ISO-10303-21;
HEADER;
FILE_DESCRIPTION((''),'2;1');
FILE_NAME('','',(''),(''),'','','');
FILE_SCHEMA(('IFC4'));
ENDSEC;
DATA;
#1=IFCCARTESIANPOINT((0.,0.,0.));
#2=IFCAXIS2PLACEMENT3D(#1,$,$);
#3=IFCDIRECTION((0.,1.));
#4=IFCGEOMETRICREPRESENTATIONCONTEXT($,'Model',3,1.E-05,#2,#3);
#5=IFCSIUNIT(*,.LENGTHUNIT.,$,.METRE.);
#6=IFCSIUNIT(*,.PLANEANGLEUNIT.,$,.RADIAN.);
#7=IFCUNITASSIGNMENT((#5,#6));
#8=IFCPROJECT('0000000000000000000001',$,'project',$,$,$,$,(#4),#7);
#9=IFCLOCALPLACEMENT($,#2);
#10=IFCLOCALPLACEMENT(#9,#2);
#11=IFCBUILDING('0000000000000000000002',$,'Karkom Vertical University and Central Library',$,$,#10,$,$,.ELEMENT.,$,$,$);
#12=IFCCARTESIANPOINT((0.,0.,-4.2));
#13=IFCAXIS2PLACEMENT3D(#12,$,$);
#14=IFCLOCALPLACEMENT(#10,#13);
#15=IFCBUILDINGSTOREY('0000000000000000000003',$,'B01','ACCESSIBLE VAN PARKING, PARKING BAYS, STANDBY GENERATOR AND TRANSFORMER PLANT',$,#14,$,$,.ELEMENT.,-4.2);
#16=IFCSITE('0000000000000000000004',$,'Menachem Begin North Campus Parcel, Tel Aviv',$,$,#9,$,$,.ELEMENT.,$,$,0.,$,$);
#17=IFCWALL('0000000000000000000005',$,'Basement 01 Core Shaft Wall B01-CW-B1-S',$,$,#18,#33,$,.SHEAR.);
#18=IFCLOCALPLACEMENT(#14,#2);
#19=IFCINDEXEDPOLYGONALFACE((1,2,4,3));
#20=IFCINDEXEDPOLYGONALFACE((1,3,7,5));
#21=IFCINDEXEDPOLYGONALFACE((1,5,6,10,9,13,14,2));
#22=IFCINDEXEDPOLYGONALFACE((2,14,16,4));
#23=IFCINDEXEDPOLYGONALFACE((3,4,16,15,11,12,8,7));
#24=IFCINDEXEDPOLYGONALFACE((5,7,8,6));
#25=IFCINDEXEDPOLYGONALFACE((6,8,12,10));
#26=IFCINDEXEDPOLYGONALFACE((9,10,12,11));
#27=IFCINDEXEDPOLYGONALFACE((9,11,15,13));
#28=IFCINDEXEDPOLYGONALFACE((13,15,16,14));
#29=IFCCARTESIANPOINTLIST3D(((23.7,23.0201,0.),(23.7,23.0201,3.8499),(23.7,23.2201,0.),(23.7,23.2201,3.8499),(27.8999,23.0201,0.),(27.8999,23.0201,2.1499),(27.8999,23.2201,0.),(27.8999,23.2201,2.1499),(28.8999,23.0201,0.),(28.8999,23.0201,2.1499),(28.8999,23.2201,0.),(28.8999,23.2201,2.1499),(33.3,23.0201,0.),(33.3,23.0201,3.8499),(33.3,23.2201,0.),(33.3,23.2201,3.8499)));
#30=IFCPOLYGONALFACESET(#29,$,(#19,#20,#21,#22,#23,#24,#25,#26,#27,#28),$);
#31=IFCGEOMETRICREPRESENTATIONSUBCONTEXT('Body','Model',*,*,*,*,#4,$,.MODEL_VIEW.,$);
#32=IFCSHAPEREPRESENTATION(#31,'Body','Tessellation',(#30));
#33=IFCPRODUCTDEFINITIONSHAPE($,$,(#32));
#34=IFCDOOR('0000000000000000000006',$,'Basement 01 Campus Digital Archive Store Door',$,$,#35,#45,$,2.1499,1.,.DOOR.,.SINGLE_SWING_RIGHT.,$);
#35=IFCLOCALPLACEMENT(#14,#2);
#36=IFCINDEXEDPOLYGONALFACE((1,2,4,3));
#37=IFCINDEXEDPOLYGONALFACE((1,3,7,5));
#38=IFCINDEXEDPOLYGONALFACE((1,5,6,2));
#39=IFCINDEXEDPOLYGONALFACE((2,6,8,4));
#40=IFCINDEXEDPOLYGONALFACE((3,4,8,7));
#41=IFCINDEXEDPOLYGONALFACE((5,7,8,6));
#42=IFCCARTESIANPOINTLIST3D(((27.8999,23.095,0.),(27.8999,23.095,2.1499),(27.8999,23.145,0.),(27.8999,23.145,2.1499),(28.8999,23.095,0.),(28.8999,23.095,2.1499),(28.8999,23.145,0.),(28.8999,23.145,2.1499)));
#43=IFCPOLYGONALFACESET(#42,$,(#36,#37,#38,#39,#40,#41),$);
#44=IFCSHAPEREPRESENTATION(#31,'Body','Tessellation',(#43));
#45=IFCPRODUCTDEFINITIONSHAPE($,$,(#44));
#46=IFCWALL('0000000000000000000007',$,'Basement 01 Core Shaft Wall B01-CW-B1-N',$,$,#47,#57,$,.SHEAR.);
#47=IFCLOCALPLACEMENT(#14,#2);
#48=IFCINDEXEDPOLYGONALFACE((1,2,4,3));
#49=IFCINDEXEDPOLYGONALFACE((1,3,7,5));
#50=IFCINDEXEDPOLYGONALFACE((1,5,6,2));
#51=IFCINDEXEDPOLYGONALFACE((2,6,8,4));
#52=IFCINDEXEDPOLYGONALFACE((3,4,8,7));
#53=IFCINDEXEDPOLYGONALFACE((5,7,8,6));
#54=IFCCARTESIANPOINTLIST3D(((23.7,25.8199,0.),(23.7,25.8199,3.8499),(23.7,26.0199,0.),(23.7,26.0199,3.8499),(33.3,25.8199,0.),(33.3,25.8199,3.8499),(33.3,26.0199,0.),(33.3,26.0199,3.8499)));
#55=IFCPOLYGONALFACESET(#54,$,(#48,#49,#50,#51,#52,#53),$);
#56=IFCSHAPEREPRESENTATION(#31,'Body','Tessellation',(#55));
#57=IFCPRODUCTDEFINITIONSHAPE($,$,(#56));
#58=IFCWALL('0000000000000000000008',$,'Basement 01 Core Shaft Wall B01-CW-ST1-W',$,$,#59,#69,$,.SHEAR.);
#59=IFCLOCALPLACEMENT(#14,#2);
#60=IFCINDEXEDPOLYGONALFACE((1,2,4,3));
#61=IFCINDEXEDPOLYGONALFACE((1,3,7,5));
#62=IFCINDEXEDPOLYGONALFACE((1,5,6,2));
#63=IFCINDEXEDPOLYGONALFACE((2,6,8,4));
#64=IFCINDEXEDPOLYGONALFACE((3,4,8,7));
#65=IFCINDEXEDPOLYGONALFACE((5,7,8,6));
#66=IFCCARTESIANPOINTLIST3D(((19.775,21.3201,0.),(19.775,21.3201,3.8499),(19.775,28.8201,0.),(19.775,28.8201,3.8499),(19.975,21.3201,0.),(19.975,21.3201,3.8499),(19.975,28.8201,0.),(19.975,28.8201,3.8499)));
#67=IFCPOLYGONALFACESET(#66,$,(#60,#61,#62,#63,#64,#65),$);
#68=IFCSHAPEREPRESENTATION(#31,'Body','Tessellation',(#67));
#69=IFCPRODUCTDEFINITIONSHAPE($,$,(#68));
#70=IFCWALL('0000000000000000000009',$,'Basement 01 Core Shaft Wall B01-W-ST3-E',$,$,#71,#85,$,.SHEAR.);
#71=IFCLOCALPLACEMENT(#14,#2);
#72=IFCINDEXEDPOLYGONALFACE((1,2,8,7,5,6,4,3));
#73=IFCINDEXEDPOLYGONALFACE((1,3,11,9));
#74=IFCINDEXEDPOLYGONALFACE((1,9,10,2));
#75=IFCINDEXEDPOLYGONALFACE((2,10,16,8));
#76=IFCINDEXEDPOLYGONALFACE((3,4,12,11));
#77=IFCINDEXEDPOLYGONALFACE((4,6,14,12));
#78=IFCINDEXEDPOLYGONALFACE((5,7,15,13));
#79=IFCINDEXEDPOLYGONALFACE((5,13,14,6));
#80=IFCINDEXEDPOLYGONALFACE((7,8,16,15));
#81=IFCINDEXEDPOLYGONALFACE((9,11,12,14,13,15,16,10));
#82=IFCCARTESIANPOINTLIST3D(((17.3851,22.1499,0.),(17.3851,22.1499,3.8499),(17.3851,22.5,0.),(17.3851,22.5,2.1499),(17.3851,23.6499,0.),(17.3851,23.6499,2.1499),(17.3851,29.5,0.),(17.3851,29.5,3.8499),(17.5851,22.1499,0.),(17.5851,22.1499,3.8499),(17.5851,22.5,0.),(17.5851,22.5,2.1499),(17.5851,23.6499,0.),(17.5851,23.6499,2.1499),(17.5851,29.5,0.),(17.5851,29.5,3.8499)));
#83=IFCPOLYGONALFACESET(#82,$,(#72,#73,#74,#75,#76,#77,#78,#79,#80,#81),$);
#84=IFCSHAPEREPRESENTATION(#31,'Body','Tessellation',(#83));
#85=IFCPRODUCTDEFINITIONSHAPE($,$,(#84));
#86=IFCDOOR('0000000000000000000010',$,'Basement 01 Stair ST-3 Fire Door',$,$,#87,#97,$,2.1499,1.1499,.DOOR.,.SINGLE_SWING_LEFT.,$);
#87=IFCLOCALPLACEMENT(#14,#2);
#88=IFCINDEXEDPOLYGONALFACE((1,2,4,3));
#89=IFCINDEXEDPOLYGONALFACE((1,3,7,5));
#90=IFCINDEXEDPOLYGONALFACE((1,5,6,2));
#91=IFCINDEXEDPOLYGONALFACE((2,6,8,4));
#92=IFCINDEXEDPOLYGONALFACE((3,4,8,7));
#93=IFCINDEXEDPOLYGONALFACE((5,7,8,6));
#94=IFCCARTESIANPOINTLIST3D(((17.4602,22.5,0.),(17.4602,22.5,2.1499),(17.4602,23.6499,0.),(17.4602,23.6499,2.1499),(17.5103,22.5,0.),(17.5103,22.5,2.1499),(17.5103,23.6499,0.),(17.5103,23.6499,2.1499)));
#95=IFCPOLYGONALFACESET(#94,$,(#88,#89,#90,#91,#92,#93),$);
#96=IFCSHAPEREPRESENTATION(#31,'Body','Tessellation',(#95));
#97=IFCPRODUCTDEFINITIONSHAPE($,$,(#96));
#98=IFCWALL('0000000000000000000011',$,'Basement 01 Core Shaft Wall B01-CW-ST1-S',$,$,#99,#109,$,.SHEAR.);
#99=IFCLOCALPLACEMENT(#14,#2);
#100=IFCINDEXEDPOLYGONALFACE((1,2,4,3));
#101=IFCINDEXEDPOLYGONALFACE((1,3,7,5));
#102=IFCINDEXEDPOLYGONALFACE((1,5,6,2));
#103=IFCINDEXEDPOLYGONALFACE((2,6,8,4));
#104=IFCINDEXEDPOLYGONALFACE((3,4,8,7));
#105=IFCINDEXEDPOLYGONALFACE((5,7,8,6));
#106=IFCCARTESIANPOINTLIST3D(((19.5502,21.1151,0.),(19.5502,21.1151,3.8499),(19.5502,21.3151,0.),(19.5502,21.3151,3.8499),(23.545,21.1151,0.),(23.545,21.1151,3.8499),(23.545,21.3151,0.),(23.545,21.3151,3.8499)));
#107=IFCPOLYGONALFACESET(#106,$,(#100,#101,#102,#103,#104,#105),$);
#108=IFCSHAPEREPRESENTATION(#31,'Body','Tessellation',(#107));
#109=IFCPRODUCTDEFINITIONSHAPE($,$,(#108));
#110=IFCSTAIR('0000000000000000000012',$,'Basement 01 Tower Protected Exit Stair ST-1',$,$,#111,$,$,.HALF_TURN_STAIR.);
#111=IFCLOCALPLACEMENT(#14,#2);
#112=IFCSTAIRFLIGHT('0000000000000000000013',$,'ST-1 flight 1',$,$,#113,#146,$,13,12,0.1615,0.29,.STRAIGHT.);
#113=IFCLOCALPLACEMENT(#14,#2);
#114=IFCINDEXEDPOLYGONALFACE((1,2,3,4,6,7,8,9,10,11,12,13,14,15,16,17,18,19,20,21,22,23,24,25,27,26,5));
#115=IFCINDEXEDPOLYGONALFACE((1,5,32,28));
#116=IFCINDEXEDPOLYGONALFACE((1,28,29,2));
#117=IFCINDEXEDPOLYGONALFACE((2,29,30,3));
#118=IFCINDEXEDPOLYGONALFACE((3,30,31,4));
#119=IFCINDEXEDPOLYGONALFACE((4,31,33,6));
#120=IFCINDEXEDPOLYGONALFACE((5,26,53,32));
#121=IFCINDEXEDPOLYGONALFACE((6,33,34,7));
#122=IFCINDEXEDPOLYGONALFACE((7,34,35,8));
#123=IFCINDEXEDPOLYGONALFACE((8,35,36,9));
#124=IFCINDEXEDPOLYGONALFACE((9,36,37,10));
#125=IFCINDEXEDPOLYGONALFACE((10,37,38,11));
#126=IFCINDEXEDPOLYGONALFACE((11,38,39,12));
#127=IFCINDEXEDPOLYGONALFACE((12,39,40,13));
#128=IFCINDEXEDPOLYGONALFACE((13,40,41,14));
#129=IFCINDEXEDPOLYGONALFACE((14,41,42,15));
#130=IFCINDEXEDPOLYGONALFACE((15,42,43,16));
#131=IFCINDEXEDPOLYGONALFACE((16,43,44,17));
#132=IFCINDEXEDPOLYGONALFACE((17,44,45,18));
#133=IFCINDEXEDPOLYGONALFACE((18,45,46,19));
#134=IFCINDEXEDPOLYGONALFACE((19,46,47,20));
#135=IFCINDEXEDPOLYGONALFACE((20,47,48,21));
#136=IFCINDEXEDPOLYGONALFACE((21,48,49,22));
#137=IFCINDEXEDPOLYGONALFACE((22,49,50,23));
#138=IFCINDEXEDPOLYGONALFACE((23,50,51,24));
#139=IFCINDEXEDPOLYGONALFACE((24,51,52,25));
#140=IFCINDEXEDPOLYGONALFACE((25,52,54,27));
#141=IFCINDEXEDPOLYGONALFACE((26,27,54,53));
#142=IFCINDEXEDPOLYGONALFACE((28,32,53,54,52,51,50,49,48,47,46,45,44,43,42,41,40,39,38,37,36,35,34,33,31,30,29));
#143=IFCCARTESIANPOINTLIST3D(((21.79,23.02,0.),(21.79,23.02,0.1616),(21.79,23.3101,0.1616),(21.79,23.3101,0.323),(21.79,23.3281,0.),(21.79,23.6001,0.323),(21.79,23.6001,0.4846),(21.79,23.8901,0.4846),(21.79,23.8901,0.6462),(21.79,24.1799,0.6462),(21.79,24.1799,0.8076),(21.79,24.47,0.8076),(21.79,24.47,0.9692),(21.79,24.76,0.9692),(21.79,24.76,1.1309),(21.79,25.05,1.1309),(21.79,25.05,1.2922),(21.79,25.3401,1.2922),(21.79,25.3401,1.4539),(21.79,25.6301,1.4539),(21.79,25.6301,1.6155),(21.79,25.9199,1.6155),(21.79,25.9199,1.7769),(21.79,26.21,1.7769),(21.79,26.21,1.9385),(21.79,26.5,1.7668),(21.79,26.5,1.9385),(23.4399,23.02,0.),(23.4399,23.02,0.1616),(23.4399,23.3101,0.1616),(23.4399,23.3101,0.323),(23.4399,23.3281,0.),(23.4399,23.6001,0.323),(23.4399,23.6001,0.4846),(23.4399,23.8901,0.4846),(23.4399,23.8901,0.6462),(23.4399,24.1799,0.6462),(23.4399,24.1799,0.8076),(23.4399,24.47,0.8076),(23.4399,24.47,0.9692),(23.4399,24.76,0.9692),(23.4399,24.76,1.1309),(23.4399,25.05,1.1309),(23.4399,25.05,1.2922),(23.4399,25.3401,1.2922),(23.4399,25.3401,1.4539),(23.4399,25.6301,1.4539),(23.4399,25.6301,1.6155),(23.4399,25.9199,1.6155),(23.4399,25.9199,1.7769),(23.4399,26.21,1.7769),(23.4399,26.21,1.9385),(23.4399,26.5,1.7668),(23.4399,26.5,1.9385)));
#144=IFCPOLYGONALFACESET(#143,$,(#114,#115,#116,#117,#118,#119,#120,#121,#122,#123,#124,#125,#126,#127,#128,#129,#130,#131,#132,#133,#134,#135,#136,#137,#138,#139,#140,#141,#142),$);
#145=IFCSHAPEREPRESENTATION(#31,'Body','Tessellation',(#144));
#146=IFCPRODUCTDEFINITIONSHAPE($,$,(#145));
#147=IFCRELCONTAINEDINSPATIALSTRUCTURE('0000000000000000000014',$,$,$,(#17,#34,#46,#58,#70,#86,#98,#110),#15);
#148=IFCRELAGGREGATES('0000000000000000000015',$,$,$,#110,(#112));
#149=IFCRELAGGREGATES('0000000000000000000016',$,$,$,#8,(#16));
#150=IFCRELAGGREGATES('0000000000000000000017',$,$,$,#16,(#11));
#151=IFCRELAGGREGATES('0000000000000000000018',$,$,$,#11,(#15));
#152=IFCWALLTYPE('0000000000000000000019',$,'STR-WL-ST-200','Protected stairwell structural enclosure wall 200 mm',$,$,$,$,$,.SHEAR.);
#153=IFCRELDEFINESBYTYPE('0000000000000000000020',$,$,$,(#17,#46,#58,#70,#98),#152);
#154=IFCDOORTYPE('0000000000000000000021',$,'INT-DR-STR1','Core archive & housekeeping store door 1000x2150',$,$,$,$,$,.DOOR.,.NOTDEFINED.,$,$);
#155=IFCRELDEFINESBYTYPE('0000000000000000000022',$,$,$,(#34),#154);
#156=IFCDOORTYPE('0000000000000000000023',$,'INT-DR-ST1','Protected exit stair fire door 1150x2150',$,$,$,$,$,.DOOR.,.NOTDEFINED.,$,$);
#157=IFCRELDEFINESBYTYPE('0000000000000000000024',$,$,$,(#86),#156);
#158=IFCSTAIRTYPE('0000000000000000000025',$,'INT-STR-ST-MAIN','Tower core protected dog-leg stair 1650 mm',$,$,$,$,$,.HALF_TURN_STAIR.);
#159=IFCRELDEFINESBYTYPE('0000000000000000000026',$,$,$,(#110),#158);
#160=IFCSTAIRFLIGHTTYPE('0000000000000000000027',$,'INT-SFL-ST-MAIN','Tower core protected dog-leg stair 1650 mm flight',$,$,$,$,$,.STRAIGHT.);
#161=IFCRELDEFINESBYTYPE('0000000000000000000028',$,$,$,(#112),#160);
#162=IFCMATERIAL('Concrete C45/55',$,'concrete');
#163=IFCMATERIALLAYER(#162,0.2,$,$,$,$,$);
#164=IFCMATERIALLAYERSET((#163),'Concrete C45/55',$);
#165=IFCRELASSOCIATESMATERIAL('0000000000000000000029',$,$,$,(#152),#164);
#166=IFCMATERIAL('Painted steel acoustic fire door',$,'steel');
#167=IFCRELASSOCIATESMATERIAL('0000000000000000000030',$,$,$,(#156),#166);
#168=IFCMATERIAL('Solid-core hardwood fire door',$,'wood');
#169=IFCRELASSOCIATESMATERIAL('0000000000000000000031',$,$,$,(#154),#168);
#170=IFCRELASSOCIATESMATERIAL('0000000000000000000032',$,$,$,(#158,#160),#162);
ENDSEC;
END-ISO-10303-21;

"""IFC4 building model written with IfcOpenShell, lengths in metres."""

from ifc_helpers import new_model, si_unit, direction, frame, frame_2d, origin, origin_with_axes, place, context, subcontext, project, spatial, polyline, rectangle, outline, extrude, source, transform, mapped, material, layer, layer_set, type_object, element, fill, aggregate, save


model = new_model("IFC4")

# Units and contexts
model_context = context("Model", 3, precision=1e-05, world=origin(), true_north=direction((0.0, 1.0)))
body_context = subcontext(model_context, "Body", "Model", "MODEL_VIEW")
ifc_project = project(units=[si_unit("LENGTHUNIT", "METRE"), si_unit("PLANEANGLEUNIT", "RADIAN")], contexts=[model_context])

# Site, building, storey
site_placement = place(None, origin())
site = spatial("IfcSite", under=ifc_project, at=site_placement, Name="Menachem Begin North Campus Parcel, Tel Aviv", CompositionType="ELEMENT", RefElevation=0.0)
building_placement = place(site_placement, origin())
building = spatial("IfcBuilding", under=site, at=building_placement, Name="Karkom Vertical University and Central Library", CompositionType="ELEMENT")
storey_placement = place(building_placement, frame((0.0, 0.0, -4.2)))
storey = spatial("IfcBuildingStorey", under=building, at=storey_placement, Name="B01", Description="ACCESSIBLE VAN PARKING, PARKING BAYS, STANDBY GENERATOR AND TRANSFORMER PLANT", CompositionType="ELEMENT", Elevation=-4.2)

# Shared definitions
ifc_material_1 = material(Name="Concrete C45/55", Category="concrete")
ifc_layer_1 = layer(ifc_material_1, 0.2)
ifc_layer_set_1 = layer_set([ifc_layer_1], Name="Concrete C45/55")
wall_type_1 = type_object("IfcWallType", Name="STR-WL-ST-200", Description="Protected stairwell structural enclosure wall 200 mm", PredefinedType="SHEAR", material=ifc_layer_set_1)
ifc_material_2 = material(Name="Painted steel acoustic fire door", Category="steel")
door_type_1 = type_object("IfcDoorType", Name="INT-DR-ST1", Description="Protected exit stair fire door 1150x2150", OperationType="NOTDEFINED", PredefinedType="DOOR", material=ifc_material_2)
shared_shape_1 = source(origin_with_axes(), body_context, "Body", "SweptSolid", [
    extrude(rectangle(XDim=1.1499, YDim=2.1499, at=frame_2d((0.575, 1.075))), frame((0.0, 0.0249, 0.0), z_axis=(0.0, -1.0, 0.0), x_axis=(1.0, 0.0, 0.0)), (0.0, 0.0, 1.0), 0.05),
])

# Wall, opening, door
wall_1_placement = place(storey_placement, frame((23.7, 23.1201, 0.0), z_axis=(0.0, 0.0, 1.0), x_axis=(1.0, 0.0, 0.0)))
wall_1 = element("IfcWall", 1, at=wall_1_placement, inside=storey, type_object=wall_type_1, Name="Basement 01 Core Shaft Wall B01-CW-B1-S", PredefinedType="SHEAR", context=body_context, shape_type="SweptSolid", body=[
    extrude(rectangle(XDim=9.6001, YDim=0.2, at=frame_2d((4.8, 0.0))), origin(), (0.0, 0.0, 1.0), 3.8499),
])
opening_1_placement = place(wall_1_placement, frame((4.2, 0.0, 0.0)))
opening_1 = element("IfcOpeningElement", 2, at=opening_1_placement, cuts=wall_1, PredefinedType="OPENING", context=body_context, shape_type="SweptSolid", body=[
    extrude(rectangle(XDim=1.0, YDim=2.1499, at=frame_2d((0.5, 1.075))), frame((0.0, 0.1099, 0.0), z_axis=(0.0, -1.0, 0.0), x_axis=(1.0, 0.0, 0.0)), (0.0, 0.0, 1.0), 0.22),
])
ifc_material_3 = material(Name="Solid-core hardwood fire door", Category="wood")
door_type_2 = type_object("IfcDoorType", Name="INT-DR-STR1", Description="Core archive & housekeeping store door 1000x2150", OperationType="NOTDEFINED", PredefinedType="DOOR", material=ifc_material_3)
shared_shape_2 = source(origin_with_axes(), body_context, "Body", "SweptSolid", [
    extrude(rectangle(XDim=1.0, YDim=2.1499, at=frame_2d((0.5, 1.075))), frame((0.0, 0.0249, 0.0), z_axis=(0.0, -1.0, 0.0), x_axis=(1.0, 0.0, 0.0)), (0.0, 0.0, 1.0), 0.05),
])
door_1_placement = place(opening_1_placement, origin())
door_1 = element("IfcDoor", 3, at=door_1_placement, inside=storey, type_object=door_type_2, Name="Basement 01 Campus Digital Archive Store Door", OperationType="SINGLE_SWING_RIGHT", OverallHeight=2.1499, OverallWidth=1.0, PredefinedType="DOOR", context=body_context, shape_type="MappedRepresentation", body=[
    mapped(shared_shape_2, transform((0.0, 0.0, 0.0), scale=1.0)),
])
fill(opening_1, door_1)

# Walls
wall_2_placement = place(storey_placement, frame((23.7, 25.9199, 0.0), z_axis=(0.0, 0.0, 1.0), x_axis=(1.0, 0.0, 0.0)))
element("IfcWall", 4, at=wall_2_placement, inside=storey, type_object=wall_type_1, Name="Basement 01 Core Shaft Wall B01-CW-B1-N", PredefinedType="SHEAR", context=body_context, shape_type="SweptSolid", body=[
    extrude(rectangle(XDim=9.6001, YDim=0.2, at=frame_2d((4.8, 0.0))), origin(), (0.0, 0.0, 1.0), 3.8499),
])
wall_3_placement = place(storey_placement, frame((19.875, 21.3201, 0.0), z_axis=(0.0, 0.0, 1.0), x_axis=(0.0, 1.0, 0.0)))
element("IfcWall", 5, at=wall_3_placement, inside=storey, type_object=wall_type_1, Name="Basement 01 Core Shaft Wall B01-CW-ST1-W", PredefinedType="SHEAR", context=body_context, shape_type="SweptSolid", body=[
    extrude(rectangle(XDim=7.5, YDim=0.2, at=frame_2d((3.75, 0.0))), origin(), (0.0, 0.0, 1.0), 3.8499),
])

# Wall, opening, door
wall_4_placement = place(storey_placement, frame((17.4851, 22.1499, 0.0), z_axis=(0.0, 0.0, 1.0), x_axis=(0.0, 1.0, 0.0)))
wall_4 = element("IfcWall", 6, at=wall_4_placement, inside=storey, type_object=wall_type_1, Name="Basement 01 Core Shaft Wall B01-W-ST3-E", PredefinedType="SHEAR", context=body_context, shape_type="SweptSolid", body=[
    extrude(rectangle(XDim=7.3501, YDim=0.2, at=frame_2d((3.675, 0.0))), origin(), (0.0, 0.0, 1.0), 3.8499),
])
opening_2_placement = place(wall_4_placement, frame((0.3501, 0.0, 0.0)))
opening_2 = element("IfcOpeningElement", 7, at=opening_2_placement, cuts=wall_4, PredefinedType="OPENING", context=body_context, shape_type="SweptSolid", body=[
    extrude(rectangle(XDim=1.1499, YDim=2.1499, at=frame_2d((0.575, 1.075))), frame((0.0, 0.1099, 0.0), z_axis=(0.0, -1.0, 0.0), x_axis=(1.0, 0.0, 0.0)), (0.0, 0.0, 1.0), 0.22),
])
door_2_placement = place(opening_2_placement, origin())
door_2 = element("IfcDoor", 8, at=door_2_placement, inside=storey, type_object=door_type_1, Name="Basement 01 Stair ST-3 Fire Door", OperationType="SINGLE_SWING_LEFT", OverallHeight=2.1499, OverallWidth=1.1499, PredefinedType="DOOR", context=body_context, shape_type="MappedRepresentation", body=[
    mapped(shared_shape_1, transform((0.0, 0.0, 0.0), scale=1.0)),
])
fill(opening_2, door_2)

# Wall
wall_5_placement = place(storey_placement, frame((19.55, 21.2151, 0.0), z_axis=(0.0, 0.0, 1.0), x_axis=(1.0, 0.0, 0.0)))
element("IfcWall", 9, at=wall_5_placement, inside=storey, type_object=wall_type_1, Name="Basement 01 Core Shaft Wall B01-CW-ST1-S", PredefinedType="SHEAR", context=body_context, shape_type="SweptSolid", body=[
    extrude(rectangle(XDim=3.9949, YDim=0.2, at=frame_2d((1.9976, 0.0))), origin(), (0.0, 0.0, 1.0), 3.8499),
])

# Stair, stair flight
stair_type = type_object("IfcStairType", Name="INT-STR-ST-MAIN", Description="Tower core protected dog-leg stair 1650 mm", PredefinedType="HALF_TURN_STAIR", material=ifc_material_1)
stair_placement = place(storey_placement, origin())
stair = element("IfcStair", 10, at=stair_placement, inside=storey, type_object=stair_type, Name="Basement 01 Tower Protected Exit Stair ST-1", PredefinedType="HALF_TURN_STAIR")
stair_flight_type = type_object("IfcStairFlightType", Name="INT-SFL-ST-MAIN", Description="Tower core protected dog-leg stair 1650 mm flight", PredefinedType="STRAIGHT", material=ifc_material_1)
stair_flight_placement = place(storey_placement, frame((22.615, 23.02, 0.0), z_axis=(0.0, 0.0, 1.0), x_axis=(0.0, 1.0, 0.0)))
stair_flight = element("IfcStairFlight", 11, at=stair_flight_placement, type_object=stair_flight_type, Name="ST-1 flight 1", NumberOfRisers=13, NumberOfTreads=12, PredefinedType="STRAIGHT", RiserHeight=0.1615, TreadLength=0.29, context=body_context, shape_type="SweptSolid", body=[
    extrude(outline(polyline([(0.0, 0.0), (0.0, 0.1616), (0.29, 0.1616), (0.29, 0.323), (0.5801, 0.323), (0.5801, 0.4846), (0.8701, 0.4846), (0.8701, 0.6462), (1.1599, 0.6462), (1.1599, 0.8076), (1.45, 0.8076), (1.45, 0.9692), (1.74, 0.9692), (1.74, 1.1309), (2.03, 1.1309), (2.03, 1.2922), (2.3201, 1.2922), (2.3201, 1.4539), (2.6101, 1.4539), (2.6101, 1.6155), (2.8999, 1.6155), (2.8999, 1.7769), (3.1899, 1.7769), (3.1899, 1.9385), (3.48, 1.9385), (3.48, 2.1001), (3.48, 1.7668), (0.3081, 0.0), (0.0, 0.0)])), frame((0.0, 0.825, 0.0), z_axis=(0.0, -1.0, 0.0), x_axis=(1.0, 0.0, 0.0)), (0.0, 0.0, 1.0), 1.6499),
])
aggregate(stair, [stair_flight])

save(model, "model.ifc")
